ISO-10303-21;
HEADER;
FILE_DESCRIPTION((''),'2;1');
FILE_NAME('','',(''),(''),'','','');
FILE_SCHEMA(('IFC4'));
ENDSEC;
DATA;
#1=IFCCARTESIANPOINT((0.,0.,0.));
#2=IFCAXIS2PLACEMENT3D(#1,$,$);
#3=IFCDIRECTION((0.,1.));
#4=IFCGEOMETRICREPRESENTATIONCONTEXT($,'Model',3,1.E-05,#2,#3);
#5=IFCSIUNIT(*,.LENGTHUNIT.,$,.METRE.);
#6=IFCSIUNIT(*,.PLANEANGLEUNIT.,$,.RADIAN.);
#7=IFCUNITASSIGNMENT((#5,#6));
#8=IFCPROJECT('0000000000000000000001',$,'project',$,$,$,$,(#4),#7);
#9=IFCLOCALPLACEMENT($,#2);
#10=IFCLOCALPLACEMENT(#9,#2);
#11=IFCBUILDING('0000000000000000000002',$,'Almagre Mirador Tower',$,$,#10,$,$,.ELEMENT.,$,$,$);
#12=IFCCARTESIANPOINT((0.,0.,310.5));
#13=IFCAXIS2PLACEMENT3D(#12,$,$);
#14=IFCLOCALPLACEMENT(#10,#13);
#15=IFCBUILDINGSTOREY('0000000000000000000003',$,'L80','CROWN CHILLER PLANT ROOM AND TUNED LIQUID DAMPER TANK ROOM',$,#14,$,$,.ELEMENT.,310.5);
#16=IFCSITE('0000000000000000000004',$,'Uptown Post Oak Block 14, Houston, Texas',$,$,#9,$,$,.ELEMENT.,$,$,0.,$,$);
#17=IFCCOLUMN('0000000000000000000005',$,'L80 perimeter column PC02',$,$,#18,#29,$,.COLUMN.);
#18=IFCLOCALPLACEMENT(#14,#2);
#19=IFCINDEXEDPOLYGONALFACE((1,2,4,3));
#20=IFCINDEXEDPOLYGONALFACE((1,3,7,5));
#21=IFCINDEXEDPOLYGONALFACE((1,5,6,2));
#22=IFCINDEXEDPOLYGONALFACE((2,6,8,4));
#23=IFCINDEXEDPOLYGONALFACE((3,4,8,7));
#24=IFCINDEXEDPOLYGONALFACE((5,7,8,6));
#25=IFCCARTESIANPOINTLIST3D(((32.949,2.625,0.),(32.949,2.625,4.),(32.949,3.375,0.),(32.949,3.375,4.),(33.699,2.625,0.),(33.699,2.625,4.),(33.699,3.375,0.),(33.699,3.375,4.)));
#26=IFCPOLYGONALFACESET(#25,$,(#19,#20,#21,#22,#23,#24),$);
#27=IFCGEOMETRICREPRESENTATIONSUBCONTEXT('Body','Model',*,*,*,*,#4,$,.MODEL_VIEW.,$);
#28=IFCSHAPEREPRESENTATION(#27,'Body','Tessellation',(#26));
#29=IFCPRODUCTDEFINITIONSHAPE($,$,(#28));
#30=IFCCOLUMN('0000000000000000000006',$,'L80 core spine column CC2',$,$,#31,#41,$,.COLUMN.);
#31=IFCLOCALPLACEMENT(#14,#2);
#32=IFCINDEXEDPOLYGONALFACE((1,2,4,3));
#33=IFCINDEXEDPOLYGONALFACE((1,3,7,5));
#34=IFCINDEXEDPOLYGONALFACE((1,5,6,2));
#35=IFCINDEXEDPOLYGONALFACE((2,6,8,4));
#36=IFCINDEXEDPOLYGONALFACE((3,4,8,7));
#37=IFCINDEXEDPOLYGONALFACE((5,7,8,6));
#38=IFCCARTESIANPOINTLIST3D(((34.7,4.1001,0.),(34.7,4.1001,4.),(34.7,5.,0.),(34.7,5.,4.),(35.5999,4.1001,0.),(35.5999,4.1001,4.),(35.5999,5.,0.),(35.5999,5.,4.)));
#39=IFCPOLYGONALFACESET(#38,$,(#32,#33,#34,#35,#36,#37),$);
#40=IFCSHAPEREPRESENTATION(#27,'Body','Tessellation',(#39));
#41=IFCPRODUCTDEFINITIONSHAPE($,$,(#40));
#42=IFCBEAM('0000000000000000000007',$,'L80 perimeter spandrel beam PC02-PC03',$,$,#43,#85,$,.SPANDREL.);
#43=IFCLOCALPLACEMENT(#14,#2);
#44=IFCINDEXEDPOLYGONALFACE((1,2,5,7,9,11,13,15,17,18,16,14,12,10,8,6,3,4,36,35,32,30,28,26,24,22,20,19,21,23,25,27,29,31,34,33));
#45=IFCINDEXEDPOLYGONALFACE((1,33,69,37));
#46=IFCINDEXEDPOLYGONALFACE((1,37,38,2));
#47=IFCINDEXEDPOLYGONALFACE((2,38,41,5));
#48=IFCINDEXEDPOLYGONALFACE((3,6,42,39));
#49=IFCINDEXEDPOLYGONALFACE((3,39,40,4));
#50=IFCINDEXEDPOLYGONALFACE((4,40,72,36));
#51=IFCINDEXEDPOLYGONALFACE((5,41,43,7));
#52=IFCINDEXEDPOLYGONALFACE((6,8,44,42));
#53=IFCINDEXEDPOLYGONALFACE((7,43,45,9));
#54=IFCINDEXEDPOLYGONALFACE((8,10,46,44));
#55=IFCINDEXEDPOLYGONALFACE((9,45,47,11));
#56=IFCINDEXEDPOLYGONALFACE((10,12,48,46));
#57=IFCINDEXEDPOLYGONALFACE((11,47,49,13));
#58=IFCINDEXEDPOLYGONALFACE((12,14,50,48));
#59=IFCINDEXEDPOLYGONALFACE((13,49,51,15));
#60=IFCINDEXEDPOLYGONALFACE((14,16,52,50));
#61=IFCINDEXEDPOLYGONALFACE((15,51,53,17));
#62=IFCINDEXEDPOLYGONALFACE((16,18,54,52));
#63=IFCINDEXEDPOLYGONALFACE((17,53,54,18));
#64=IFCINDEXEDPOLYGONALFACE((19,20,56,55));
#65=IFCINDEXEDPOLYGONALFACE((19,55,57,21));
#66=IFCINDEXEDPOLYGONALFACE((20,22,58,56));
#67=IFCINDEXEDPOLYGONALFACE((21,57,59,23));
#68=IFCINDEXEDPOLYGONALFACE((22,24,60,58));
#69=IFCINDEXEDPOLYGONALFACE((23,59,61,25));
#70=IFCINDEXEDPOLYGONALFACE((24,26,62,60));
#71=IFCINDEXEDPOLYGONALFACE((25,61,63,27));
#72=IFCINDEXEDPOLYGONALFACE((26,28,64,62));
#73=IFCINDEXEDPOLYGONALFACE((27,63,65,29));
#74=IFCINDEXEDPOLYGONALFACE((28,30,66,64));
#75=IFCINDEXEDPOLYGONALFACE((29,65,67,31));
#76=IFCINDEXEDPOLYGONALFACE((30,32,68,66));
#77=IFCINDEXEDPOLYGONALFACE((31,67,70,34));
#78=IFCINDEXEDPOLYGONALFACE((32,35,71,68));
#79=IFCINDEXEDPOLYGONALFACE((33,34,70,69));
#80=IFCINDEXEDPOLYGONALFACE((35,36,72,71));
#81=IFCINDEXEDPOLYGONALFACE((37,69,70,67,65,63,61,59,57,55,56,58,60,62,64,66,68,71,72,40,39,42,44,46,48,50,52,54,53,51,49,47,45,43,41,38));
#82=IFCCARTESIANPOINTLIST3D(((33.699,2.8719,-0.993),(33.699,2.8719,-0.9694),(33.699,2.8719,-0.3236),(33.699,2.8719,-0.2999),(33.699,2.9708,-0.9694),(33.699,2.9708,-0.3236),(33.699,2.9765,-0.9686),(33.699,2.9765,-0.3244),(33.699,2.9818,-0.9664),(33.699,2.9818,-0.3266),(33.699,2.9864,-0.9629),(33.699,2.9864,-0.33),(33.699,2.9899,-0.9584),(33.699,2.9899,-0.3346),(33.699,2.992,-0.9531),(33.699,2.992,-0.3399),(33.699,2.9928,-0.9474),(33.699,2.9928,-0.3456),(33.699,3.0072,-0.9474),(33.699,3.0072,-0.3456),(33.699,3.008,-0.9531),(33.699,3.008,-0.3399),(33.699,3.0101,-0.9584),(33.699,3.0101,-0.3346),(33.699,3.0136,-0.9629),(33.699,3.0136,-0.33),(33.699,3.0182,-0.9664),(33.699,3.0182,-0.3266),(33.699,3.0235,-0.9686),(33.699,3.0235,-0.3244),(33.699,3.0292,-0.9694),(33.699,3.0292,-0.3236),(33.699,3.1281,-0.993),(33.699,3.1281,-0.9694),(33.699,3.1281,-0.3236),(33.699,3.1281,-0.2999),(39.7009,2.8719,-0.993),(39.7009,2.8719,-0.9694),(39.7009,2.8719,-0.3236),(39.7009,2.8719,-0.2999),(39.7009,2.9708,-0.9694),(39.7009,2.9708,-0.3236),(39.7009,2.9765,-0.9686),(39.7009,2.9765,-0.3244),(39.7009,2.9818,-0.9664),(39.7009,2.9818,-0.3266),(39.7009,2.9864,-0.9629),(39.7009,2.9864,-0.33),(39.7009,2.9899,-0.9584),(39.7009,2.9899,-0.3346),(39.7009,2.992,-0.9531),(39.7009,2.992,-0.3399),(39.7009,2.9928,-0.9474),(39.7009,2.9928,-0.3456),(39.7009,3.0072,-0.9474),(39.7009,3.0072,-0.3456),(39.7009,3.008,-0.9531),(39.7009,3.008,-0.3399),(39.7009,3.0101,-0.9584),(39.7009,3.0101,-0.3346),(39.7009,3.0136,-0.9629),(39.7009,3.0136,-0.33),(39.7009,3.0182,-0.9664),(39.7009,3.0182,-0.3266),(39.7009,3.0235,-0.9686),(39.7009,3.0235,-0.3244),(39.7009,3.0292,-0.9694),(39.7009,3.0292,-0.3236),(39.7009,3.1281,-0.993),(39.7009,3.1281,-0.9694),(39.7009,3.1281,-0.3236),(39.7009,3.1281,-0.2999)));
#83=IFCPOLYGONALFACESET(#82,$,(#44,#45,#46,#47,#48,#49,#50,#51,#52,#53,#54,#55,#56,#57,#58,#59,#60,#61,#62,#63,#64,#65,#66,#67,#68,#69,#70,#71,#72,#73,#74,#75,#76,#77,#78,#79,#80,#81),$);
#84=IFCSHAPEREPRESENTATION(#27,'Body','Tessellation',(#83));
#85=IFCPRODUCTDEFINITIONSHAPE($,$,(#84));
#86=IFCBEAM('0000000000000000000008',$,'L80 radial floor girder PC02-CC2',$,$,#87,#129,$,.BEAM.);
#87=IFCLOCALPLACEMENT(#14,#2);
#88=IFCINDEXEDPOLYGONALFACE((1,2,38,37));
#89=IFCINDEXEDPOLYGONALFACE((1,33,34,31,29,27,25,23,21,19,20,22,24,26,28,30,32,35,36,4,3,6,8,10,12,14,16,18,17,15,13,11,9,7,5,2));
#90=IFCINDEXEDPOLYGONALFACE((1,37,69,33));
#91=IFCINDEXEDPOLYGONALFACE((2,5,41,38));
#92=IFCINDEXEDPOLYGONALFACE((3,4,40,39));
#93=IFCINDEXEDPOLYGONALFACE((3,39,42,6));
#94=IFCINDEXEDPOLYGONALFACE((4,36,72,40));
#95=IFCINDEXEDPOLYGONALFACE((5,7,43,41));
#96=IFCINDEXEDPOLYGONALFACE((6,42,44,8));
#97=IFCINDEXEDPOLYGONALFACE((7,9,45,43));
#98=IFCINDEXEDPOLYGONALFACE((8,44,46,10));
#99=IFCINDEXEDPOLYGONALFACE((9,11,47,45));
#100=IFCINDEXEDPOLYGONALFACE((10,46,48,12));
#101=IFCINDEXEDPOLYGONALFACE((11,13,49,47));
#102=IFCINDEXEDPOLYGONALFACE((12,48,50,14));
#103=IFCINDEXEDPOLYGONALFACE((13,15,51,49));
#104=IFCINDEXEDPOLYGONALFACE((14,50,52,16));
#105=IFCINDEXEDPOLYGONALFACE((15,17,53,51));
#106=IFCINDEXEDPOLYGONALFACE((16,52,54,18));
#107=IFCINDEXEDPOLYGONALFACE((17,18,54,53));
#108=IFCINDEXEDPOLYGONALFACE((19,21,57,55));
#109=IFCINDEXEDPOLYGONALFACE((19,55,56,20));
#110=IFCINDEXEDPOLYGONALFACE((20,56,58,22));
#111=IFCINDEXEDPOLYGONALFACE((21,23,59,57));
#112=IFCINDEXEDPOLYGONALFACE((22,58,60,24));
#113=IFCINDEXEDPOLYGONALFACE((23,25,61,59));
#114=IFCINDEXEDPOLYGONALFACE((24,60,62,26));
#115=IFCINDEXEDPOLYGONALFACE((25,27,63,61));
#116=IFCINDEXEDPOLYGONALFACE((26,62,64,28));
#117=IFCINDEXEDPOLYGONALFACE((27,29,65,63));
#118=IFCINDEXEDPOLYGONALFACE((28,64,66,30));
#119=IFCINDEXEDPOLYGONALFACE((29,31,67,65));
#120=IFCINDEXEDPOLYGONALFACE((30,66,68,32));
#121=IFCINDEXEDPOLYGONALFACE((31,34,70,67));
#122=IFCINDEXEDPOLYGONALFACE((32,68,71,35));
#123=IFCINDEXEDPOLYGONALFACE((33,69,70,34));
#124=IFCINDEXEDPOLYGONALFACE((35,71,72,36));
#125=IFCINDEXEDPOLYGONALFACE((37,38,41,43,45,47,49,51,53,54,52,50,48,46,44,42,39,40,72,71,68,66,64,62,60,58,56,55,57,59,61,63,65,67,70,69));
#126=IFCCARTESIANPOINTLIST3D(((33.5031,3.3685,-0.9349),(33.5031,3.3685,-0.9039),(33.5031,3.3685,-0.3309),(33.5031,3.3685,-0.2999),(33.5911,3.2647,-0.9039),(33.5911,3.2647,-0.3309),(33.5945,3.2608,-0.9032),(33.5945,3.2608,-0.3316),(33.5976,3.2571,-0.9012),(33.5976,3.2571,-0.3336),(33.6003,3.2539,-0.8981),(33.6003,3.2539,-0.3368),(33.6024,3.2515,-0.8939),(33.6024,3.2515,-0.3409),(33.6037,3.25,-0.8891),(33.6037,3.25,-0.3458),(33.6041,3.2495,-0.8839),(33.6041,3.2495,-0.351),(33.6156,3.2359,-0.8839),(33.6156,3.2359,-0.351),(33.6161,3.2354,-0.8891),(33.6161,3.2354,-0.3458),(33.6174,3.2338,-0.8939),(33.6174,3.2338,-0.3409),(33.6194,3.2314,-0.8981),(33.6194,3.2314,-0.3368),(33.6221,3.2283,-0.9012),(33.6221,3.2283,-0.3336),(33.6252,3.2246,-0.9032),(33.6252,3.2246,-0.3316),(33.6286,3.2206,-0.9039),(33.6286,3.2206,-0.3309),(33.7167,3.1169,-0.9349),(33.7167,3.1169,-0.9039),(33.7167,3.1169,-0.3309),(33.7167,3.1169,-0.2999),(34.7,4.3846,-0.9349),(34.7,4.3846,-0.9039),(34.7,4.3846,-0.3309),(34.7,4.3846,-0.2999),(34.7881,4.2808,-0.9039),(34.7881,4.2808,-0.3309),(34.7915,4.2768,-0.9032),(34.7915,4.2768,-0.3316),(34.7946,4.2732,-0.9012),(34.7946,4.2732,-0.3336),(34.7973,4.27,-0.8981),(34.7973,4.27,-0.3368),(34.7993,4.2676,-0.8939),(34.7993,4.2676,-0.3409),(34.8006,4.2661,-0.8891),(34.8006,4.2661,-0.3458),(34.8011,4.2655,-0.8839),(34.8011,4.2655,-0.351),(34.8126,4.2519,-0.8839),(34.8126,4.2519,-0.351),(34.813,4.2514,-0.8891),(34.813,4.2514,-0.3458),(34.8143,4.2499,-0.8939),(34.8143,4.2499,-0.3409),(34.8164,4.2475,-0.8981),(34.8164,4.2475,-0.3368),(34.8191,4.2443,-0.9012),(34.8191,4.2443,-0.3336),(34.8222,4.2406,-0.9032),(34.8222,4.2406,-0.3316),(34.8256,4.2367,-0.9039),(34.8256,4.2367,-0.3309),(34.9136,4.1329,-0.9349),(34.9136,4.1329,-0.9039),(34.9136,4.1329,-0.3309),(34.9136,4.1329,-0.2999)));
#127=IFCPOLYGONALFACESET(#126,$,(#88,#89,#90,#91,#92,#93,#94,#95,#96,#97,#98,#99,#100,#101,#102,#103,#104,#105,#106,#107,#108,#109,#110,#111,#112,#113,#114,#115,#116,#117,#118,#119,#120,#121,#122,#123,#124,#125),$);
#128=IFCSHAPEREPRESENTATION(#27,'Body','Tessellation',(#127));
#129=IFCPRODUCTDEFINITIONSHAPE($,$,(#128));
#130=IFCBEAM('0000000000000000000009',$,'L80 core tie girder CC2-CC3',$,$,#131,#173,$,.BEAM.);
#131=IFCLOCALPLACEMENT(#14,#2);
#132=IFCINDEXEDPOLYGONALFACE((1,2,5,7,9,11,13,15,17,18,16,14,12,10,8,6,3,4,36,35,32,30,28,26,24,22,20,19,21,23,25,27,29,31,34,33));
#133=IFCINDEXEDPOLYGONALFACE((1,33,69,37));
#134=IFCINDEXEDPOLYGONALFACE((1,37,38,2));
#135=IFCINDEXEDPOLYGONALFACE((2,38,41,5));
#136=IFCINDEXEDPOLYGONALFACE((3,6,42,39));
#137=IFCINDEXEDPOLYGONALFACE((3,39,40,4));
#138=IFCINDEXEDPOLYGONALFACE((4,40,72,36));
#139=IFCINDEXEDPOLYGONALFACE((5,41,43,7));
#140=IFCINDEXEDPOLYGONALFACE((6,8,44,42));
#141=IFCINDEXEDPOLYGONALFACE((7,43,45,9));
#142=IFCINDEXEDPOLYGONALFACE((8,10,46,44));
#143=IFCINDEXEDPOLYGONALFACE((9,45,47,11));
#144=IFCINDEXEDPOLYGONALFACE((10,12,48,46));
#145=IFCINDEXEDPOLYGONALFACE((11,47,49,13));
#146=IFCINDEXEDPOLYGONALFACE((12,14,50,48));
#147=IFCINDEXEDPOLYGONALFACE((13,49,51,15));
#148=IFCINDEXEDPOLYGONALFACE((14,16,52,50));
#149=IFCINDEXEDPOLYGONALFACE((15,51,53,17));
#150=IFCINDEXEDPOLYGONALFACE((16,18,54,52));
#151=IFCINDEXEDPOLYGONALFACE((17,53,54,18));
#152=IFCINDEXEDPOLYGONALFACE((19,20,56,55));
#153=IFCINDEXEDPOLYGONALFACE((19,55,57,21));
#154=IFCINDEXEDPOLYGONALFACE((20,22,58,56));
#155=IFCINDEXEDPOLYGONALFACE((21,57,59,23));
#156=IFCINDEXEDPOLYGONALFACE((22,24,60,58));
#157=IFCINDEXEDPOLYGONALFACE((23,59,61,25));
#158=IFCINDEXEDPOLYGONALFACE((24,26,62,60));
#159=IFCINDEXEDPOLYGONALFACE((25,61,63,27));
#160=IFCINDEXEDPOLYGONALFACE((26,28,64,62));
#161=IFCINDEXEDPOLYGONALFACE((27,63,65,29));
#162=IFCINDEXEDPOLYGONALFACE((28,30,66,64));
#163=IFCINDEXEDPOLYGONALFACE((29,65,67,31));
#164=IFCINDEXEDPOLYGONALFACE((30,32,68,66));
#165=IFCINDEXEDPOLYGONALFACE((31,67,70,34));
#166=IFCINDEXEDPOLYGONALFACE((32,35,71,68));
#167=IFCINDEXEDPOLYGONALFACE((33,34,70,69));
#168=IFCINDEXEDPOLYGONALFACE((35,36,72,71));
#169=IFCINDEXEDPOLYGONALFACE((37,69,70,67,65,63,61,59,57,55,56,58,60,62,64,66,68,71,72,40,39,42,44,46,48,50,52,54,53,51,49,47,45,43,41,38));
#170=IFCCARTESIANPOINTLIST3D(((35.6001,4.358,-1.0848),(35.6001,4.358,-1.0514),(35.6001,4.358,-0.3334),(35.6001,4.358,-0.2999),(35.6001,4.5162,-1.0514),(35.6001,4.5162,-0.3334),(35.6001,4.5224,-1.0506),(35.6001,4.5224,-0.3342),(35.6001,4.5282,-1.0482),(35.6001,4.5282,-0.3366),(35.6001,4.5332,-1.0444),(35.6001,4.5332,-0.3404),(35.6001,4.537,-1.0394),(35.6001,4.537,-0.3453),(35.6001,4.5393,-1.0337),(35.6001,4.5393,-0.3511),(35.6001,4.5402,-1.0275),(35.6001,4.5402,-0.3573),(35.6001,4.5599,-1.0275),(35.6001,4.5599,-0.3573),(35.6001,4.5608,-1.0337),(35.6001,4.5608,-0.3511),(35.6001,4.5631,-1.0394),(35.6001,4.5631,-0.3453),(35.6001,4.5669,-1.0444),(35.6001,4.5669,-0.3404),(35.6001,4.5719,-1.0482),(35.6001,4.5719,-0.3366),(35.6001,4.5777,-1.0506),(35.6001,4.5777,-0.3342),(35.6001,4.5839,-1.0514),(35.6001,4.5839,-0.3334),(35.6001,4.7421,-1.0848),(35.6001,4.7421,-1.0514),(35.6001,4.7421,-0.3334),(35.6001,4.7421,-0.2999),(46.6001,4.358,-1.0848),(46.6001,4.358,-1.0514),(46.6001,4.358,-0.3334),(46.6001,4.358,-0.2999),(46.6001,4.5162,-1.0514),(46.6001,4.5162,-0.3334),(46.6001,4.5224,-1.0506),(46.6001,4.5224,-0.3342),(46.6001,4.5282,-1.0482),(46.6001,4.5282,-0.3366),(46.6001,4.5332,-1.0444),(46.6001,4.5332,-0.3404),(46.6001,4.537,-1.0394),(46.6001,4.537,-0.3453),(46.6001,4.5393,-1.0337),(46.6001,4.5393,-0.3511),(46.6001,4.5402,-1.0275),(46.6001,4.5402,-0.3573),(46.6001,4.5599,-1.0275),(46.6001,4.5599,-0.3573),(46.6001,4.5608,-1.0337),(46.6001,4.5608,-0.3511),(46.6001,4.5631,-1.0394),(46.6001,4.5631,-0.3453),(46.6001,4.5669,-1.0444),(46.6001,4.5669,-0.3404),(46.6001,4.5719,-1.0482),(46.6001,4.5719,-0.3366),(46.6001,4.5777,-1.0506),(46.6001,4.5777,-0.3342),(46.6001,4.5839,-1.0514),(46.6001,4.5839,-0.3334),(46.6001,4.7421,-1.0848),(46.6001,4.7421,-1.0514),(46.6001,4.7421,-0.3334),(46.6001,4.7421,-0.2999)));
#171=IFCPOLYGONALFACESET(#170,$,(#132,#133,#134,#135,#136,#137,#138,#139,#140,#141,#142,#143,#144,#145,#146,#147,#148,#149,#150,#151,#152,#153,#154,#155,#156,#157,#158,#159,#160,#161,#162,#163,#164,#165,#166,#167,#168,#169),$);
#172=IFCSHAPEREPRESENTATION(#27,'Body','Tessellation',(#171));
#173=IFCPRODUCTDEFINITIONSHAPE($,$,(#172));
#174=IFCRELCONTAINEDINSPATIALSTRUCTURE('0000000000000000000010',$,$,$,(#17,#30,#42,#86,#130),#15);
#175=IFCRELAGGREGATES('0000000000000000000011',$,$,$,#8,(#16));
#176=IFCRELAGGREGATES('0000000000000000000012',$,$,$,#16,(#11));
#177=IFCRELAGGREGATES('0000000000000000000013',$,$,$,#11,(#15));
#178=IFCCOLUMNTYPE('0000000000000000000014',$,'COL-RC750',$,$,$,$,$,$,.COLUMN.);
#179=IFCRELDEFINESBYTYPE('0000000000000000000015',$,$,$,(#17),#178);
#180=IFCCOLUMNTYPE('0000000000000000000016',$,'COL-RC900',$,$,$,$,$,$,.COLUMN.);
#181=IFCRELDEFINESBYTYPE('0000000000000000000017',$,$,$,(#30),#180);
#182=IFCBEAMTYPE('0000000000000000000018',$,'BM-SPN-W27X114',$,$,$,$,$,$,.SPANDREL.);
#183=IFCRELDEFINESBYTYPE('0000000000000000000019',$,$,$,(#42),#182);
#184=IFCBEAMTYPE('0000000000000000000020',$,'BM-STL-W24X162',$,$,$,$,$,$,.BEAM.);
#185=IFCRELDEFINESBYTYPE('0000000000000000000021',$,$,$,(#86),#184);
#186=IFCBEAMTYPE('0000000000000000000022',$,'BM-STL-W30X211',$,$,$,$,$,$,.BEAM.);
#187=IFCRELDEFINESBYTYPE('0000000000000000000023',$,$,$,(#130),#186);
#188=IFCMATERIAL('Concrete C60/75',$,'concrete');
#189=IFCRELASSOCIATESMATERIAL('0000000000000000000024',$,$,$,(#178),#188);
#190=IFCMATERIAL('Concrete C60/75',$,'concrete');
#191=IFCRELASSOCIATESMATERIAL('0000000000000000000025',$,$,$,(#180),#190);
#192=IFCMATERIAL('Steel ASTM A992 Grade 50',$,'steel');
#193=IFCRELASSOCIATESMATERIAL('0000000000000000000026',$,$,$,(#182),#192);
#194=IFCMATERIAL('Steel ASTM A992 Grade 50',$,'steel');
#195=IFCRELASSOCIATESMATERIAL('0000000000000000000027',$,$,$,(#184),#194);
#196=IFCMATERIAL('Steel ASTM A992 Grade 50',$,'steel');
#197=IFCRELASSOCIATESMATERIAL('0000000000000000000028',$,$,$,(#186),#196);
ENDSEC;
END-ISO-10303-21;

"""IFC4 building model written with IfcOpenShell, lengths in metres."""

from ifc_helpers import new_model, si_unit, direction, frame, origin, origin_2d, place, context, subcontext, project, spatial, rectangle, i_section, extrude, material, material_profile, profile_set, type_object, element, save


model = new_model("IFC4")

# Units and contexts
model_context = context("Model", 3, precision=1e-05, world=origin(), true_north=direction((0.0, 1.0)))
body_context = subcontext(model_context, "Body", "Model", "MODEL_VIEW")
ifc_project = project(units=[si_unit("LENGTHUNIT", "METRE"), si_unit("PLANEANGLEUNIT", "RADIAN")], contexts=[model_context])

# Site, building, storey
site_placement = place(None, origin())
site = spatial("IfcSite", under=ifc_project, at=site_placement, Name="Uptown Post Oak Block 14, Houston, Texas", CompositionType="ELEMENT", RefElevation=0.0)
building_placement = place(site_placement, origin())
building = spatial("IfcBuilding", under=site, at=building_placement, Name="Almagre Mirador Tower", CompositionType="ELEMENT")
storey_placement = place(building_placement, frame((0.0, 0.0, 310.5)))
storey = spatial("IfcBuildingStorey", under=building, at=storey_placement, Name="L80", Description="CROWN CHILLER PLANT ROOM AND TUNED LIQUID DAMPER TANK ROOM", CompositionType="ELEMENT", Elevation=310.5)

# Columns
ifc_material_1 = material(Name="Concrete C60/75", Category="concrete")
ifc_material_profile_1 = material_profile(ifc_material_1, rectangle(XDim=0.75, YDim=0.75, at=origin_2d()), Name="RC750X750")
ifc_profile_set_1 = profile_set([ifc_material_profile_1], Name="Concrete C60/75")
column_type_1 = type_object("IfcColumnType", Name="COL-RC750", PredefinedType="COLUMN", material=ifc_profile_set_1)
column_1_placement = place(storey_placement, frame((33.324, 3.0, 0.0), z_axis=(0.0, 0.0, 1.0), x_axis=(1.0, 0.0, 0.0)))
element("IfcColumn", 1, at=column_1_placement, inside=storey, type_object=column_type_1, Name="L80 perimeter column PC02", PredefinedType="COLUMN", context=body_context, shape_type="SweptSolid", body=[
    extrude(rectangle(XDim=0.75, YDim=0.75, at=origin_2d()), origin(), (0.0, 0.0, 1.0), 4.0),
])
ifc_material_2 = material(Name="Concrete C60/75", Category="concrete")
ifc_material_profile_2 = material_profile(ifc_material_2, rectangle(XDim=0.8999, YDim=0.8999, at=origin_2d()), Name="RC900X900")
ifc_profile_set_2 = profile_set([ifc_material_profile_2], Name="Concrete C60/75")
column_type_2 = type_object("IfcColumnType", Name="COL-RC900", PredefinedType="COLUMN", material=ifc_profile_set_2)
column_2_placement = place(storey_placement, frame((35.1499, 4.55, 0.0), z_axis=(0.0, 0.0, 1.0), x_axis=(1.0, 0.0, 0.0)))
element("IfcColumn", 2, at=column_2_placement, inside=storey, type_object=column_type_2, Name="L80 core spine column CC2", PredefinedType="COLUMN", context=body_context, shape_type="SweptSolid", body=[
    extrude(rectangle(XDim=0.8999, YDim=0.8999, at=origin_2d()), origin(), (0.0, 0.0, 1.0), 4.0),
])

# Beams
ifc_material_3 = material(Name="Steel ASTM A992 Grade 50", Category="steel")
ifc_material_profile_3 = material_profile(ifc_material_3, i_section(OverallWidth=0.2561, OverallDepth=0.6931, WebThickness=0.0144, FlangeThickness=0.0237, FilletRadius=0.022, at=origin_2d()), Name="W27X114")
ifc_profile_set_3 = profile_set([ifc_material_profile_3], Name="Steel ASTM A992 Grade 50")
beam_type_1 = type_object("IfcBeamType", Name="BM-SPN-W27X114", PredefinedType="SPANDREL", material=ifc_profile_set_3)
beam_1_placement = place(storey_placement, frame((33.699, 3.0, -0.6465), z_axis=(1.0, 0.0, 0.0), x_axis=(0.0, 1.0, 0.0)))
element("IfcBeam", 3, at=beam_1_placement, inside=storey, type_object=beam_type_1, Name="L80 perimeter spandrel beam PC02-PC03", PredefinedType="SPANDREL", context=body_context, shape_type="SweptSolid", body=[
    extrude(i_section(OverallWidth=0.2561, OverallDepth=0.6931, WebThickness=0.0144, FlangeThickness=0.0237, FilletRadius=0.022, at=origin_2d()), origin(), (0.0, 0.0, 1.0), 6.002),
])
ifc_material_4 = material(Name="Steel ASTM A992 Grade 50", Category="steel")
ifc_material_profile_4 = material_profile(ifc_material_4, i_section(OverallWidth=0.3301, OverallDepth=0.635, WebThickness=0.0178, FlangeThickness=0.031, FilletRadius=0.02, at=origin_2d()), Name="W24X162")
ifc_profile_set_4 = profile_set([ifc_material_profile_4], Name="Steel ASTM A992 Grade 50")
beam_type_2 = type_object("IfcBeamType", Name="BM-STL-W24X162", PredefinedType="BEAM", material=ifc_profile_set_4)
beam_2_placement = place(storey_placement, frame((33.6099, 3.2427, -0.6174), z_axis=(0.762365, 0.647147, 0.0), x_axis=(-0.647147, 0.762365, 0.0)))
element("IfcBeam", 4, at=beam_2_placement, inside=storey, type_object=beam_type_2, Name="L80 radial floor girder PC02-CC2", PredefinedType="BEAM", context=body_context, shape_type="SweptSolid", body=[
    extrude(i_section(OverallWidth=0.3301, OverallDepth=0.635, WebThickness=0.0178, FlangeThickness=0.031, FilletRadius=0.02, at=origin_2d()), origin(), (0.0, 0.0, 1.0), 1.5701),
])
ifc_material_5 = material(Name="Steel ASTM A992 Grade 50", Category="steel")
ifc_material_profile_5 = material_profile(ifc_material_5, i_section(OverallWidth=0.384, OverallDepth=0.7849, WebThickness=0.0198, FlangeThickness=0.0334, FilletRadius=0.0239, at=origin_2d()), Name="W30X211")
ifc_profile_set_5 = profile_set([ifc_material_profile_5], Name="Steel ASTM A992 Grade 50")
beam_type_3 = type_object("IfcBeamType", Name="BM-STL-W30X211", PredefinedType="BEAM", material=ifc_profile_set_5)
beam_3_placement = place(storey_placement, frame((35.6001, 4.55, -0.6924), z_axis=(1.0, 0.0, 0.0), x_axis=(0.0, 1.0, 0.0)))
element("IfcBeam", 5, at=beam_3_placement, inside=storey, type_object=beam_type_3, Name="L80 core tie girder CC2-CC3", PredefinedType="BEAM", context=body_context, shape_type="SweptSolid", body=[
    extrude(i_section(OverallWidth=0.384, OverallDepth=0.7849, WebThickness=0.0198, FlangeThickness=0.0334, FilletRadius=0.0239, at=origin_2d()), origin(), (0.0, 0.0, 1.0), 11.0),
])

save(model, "model.ifc")
